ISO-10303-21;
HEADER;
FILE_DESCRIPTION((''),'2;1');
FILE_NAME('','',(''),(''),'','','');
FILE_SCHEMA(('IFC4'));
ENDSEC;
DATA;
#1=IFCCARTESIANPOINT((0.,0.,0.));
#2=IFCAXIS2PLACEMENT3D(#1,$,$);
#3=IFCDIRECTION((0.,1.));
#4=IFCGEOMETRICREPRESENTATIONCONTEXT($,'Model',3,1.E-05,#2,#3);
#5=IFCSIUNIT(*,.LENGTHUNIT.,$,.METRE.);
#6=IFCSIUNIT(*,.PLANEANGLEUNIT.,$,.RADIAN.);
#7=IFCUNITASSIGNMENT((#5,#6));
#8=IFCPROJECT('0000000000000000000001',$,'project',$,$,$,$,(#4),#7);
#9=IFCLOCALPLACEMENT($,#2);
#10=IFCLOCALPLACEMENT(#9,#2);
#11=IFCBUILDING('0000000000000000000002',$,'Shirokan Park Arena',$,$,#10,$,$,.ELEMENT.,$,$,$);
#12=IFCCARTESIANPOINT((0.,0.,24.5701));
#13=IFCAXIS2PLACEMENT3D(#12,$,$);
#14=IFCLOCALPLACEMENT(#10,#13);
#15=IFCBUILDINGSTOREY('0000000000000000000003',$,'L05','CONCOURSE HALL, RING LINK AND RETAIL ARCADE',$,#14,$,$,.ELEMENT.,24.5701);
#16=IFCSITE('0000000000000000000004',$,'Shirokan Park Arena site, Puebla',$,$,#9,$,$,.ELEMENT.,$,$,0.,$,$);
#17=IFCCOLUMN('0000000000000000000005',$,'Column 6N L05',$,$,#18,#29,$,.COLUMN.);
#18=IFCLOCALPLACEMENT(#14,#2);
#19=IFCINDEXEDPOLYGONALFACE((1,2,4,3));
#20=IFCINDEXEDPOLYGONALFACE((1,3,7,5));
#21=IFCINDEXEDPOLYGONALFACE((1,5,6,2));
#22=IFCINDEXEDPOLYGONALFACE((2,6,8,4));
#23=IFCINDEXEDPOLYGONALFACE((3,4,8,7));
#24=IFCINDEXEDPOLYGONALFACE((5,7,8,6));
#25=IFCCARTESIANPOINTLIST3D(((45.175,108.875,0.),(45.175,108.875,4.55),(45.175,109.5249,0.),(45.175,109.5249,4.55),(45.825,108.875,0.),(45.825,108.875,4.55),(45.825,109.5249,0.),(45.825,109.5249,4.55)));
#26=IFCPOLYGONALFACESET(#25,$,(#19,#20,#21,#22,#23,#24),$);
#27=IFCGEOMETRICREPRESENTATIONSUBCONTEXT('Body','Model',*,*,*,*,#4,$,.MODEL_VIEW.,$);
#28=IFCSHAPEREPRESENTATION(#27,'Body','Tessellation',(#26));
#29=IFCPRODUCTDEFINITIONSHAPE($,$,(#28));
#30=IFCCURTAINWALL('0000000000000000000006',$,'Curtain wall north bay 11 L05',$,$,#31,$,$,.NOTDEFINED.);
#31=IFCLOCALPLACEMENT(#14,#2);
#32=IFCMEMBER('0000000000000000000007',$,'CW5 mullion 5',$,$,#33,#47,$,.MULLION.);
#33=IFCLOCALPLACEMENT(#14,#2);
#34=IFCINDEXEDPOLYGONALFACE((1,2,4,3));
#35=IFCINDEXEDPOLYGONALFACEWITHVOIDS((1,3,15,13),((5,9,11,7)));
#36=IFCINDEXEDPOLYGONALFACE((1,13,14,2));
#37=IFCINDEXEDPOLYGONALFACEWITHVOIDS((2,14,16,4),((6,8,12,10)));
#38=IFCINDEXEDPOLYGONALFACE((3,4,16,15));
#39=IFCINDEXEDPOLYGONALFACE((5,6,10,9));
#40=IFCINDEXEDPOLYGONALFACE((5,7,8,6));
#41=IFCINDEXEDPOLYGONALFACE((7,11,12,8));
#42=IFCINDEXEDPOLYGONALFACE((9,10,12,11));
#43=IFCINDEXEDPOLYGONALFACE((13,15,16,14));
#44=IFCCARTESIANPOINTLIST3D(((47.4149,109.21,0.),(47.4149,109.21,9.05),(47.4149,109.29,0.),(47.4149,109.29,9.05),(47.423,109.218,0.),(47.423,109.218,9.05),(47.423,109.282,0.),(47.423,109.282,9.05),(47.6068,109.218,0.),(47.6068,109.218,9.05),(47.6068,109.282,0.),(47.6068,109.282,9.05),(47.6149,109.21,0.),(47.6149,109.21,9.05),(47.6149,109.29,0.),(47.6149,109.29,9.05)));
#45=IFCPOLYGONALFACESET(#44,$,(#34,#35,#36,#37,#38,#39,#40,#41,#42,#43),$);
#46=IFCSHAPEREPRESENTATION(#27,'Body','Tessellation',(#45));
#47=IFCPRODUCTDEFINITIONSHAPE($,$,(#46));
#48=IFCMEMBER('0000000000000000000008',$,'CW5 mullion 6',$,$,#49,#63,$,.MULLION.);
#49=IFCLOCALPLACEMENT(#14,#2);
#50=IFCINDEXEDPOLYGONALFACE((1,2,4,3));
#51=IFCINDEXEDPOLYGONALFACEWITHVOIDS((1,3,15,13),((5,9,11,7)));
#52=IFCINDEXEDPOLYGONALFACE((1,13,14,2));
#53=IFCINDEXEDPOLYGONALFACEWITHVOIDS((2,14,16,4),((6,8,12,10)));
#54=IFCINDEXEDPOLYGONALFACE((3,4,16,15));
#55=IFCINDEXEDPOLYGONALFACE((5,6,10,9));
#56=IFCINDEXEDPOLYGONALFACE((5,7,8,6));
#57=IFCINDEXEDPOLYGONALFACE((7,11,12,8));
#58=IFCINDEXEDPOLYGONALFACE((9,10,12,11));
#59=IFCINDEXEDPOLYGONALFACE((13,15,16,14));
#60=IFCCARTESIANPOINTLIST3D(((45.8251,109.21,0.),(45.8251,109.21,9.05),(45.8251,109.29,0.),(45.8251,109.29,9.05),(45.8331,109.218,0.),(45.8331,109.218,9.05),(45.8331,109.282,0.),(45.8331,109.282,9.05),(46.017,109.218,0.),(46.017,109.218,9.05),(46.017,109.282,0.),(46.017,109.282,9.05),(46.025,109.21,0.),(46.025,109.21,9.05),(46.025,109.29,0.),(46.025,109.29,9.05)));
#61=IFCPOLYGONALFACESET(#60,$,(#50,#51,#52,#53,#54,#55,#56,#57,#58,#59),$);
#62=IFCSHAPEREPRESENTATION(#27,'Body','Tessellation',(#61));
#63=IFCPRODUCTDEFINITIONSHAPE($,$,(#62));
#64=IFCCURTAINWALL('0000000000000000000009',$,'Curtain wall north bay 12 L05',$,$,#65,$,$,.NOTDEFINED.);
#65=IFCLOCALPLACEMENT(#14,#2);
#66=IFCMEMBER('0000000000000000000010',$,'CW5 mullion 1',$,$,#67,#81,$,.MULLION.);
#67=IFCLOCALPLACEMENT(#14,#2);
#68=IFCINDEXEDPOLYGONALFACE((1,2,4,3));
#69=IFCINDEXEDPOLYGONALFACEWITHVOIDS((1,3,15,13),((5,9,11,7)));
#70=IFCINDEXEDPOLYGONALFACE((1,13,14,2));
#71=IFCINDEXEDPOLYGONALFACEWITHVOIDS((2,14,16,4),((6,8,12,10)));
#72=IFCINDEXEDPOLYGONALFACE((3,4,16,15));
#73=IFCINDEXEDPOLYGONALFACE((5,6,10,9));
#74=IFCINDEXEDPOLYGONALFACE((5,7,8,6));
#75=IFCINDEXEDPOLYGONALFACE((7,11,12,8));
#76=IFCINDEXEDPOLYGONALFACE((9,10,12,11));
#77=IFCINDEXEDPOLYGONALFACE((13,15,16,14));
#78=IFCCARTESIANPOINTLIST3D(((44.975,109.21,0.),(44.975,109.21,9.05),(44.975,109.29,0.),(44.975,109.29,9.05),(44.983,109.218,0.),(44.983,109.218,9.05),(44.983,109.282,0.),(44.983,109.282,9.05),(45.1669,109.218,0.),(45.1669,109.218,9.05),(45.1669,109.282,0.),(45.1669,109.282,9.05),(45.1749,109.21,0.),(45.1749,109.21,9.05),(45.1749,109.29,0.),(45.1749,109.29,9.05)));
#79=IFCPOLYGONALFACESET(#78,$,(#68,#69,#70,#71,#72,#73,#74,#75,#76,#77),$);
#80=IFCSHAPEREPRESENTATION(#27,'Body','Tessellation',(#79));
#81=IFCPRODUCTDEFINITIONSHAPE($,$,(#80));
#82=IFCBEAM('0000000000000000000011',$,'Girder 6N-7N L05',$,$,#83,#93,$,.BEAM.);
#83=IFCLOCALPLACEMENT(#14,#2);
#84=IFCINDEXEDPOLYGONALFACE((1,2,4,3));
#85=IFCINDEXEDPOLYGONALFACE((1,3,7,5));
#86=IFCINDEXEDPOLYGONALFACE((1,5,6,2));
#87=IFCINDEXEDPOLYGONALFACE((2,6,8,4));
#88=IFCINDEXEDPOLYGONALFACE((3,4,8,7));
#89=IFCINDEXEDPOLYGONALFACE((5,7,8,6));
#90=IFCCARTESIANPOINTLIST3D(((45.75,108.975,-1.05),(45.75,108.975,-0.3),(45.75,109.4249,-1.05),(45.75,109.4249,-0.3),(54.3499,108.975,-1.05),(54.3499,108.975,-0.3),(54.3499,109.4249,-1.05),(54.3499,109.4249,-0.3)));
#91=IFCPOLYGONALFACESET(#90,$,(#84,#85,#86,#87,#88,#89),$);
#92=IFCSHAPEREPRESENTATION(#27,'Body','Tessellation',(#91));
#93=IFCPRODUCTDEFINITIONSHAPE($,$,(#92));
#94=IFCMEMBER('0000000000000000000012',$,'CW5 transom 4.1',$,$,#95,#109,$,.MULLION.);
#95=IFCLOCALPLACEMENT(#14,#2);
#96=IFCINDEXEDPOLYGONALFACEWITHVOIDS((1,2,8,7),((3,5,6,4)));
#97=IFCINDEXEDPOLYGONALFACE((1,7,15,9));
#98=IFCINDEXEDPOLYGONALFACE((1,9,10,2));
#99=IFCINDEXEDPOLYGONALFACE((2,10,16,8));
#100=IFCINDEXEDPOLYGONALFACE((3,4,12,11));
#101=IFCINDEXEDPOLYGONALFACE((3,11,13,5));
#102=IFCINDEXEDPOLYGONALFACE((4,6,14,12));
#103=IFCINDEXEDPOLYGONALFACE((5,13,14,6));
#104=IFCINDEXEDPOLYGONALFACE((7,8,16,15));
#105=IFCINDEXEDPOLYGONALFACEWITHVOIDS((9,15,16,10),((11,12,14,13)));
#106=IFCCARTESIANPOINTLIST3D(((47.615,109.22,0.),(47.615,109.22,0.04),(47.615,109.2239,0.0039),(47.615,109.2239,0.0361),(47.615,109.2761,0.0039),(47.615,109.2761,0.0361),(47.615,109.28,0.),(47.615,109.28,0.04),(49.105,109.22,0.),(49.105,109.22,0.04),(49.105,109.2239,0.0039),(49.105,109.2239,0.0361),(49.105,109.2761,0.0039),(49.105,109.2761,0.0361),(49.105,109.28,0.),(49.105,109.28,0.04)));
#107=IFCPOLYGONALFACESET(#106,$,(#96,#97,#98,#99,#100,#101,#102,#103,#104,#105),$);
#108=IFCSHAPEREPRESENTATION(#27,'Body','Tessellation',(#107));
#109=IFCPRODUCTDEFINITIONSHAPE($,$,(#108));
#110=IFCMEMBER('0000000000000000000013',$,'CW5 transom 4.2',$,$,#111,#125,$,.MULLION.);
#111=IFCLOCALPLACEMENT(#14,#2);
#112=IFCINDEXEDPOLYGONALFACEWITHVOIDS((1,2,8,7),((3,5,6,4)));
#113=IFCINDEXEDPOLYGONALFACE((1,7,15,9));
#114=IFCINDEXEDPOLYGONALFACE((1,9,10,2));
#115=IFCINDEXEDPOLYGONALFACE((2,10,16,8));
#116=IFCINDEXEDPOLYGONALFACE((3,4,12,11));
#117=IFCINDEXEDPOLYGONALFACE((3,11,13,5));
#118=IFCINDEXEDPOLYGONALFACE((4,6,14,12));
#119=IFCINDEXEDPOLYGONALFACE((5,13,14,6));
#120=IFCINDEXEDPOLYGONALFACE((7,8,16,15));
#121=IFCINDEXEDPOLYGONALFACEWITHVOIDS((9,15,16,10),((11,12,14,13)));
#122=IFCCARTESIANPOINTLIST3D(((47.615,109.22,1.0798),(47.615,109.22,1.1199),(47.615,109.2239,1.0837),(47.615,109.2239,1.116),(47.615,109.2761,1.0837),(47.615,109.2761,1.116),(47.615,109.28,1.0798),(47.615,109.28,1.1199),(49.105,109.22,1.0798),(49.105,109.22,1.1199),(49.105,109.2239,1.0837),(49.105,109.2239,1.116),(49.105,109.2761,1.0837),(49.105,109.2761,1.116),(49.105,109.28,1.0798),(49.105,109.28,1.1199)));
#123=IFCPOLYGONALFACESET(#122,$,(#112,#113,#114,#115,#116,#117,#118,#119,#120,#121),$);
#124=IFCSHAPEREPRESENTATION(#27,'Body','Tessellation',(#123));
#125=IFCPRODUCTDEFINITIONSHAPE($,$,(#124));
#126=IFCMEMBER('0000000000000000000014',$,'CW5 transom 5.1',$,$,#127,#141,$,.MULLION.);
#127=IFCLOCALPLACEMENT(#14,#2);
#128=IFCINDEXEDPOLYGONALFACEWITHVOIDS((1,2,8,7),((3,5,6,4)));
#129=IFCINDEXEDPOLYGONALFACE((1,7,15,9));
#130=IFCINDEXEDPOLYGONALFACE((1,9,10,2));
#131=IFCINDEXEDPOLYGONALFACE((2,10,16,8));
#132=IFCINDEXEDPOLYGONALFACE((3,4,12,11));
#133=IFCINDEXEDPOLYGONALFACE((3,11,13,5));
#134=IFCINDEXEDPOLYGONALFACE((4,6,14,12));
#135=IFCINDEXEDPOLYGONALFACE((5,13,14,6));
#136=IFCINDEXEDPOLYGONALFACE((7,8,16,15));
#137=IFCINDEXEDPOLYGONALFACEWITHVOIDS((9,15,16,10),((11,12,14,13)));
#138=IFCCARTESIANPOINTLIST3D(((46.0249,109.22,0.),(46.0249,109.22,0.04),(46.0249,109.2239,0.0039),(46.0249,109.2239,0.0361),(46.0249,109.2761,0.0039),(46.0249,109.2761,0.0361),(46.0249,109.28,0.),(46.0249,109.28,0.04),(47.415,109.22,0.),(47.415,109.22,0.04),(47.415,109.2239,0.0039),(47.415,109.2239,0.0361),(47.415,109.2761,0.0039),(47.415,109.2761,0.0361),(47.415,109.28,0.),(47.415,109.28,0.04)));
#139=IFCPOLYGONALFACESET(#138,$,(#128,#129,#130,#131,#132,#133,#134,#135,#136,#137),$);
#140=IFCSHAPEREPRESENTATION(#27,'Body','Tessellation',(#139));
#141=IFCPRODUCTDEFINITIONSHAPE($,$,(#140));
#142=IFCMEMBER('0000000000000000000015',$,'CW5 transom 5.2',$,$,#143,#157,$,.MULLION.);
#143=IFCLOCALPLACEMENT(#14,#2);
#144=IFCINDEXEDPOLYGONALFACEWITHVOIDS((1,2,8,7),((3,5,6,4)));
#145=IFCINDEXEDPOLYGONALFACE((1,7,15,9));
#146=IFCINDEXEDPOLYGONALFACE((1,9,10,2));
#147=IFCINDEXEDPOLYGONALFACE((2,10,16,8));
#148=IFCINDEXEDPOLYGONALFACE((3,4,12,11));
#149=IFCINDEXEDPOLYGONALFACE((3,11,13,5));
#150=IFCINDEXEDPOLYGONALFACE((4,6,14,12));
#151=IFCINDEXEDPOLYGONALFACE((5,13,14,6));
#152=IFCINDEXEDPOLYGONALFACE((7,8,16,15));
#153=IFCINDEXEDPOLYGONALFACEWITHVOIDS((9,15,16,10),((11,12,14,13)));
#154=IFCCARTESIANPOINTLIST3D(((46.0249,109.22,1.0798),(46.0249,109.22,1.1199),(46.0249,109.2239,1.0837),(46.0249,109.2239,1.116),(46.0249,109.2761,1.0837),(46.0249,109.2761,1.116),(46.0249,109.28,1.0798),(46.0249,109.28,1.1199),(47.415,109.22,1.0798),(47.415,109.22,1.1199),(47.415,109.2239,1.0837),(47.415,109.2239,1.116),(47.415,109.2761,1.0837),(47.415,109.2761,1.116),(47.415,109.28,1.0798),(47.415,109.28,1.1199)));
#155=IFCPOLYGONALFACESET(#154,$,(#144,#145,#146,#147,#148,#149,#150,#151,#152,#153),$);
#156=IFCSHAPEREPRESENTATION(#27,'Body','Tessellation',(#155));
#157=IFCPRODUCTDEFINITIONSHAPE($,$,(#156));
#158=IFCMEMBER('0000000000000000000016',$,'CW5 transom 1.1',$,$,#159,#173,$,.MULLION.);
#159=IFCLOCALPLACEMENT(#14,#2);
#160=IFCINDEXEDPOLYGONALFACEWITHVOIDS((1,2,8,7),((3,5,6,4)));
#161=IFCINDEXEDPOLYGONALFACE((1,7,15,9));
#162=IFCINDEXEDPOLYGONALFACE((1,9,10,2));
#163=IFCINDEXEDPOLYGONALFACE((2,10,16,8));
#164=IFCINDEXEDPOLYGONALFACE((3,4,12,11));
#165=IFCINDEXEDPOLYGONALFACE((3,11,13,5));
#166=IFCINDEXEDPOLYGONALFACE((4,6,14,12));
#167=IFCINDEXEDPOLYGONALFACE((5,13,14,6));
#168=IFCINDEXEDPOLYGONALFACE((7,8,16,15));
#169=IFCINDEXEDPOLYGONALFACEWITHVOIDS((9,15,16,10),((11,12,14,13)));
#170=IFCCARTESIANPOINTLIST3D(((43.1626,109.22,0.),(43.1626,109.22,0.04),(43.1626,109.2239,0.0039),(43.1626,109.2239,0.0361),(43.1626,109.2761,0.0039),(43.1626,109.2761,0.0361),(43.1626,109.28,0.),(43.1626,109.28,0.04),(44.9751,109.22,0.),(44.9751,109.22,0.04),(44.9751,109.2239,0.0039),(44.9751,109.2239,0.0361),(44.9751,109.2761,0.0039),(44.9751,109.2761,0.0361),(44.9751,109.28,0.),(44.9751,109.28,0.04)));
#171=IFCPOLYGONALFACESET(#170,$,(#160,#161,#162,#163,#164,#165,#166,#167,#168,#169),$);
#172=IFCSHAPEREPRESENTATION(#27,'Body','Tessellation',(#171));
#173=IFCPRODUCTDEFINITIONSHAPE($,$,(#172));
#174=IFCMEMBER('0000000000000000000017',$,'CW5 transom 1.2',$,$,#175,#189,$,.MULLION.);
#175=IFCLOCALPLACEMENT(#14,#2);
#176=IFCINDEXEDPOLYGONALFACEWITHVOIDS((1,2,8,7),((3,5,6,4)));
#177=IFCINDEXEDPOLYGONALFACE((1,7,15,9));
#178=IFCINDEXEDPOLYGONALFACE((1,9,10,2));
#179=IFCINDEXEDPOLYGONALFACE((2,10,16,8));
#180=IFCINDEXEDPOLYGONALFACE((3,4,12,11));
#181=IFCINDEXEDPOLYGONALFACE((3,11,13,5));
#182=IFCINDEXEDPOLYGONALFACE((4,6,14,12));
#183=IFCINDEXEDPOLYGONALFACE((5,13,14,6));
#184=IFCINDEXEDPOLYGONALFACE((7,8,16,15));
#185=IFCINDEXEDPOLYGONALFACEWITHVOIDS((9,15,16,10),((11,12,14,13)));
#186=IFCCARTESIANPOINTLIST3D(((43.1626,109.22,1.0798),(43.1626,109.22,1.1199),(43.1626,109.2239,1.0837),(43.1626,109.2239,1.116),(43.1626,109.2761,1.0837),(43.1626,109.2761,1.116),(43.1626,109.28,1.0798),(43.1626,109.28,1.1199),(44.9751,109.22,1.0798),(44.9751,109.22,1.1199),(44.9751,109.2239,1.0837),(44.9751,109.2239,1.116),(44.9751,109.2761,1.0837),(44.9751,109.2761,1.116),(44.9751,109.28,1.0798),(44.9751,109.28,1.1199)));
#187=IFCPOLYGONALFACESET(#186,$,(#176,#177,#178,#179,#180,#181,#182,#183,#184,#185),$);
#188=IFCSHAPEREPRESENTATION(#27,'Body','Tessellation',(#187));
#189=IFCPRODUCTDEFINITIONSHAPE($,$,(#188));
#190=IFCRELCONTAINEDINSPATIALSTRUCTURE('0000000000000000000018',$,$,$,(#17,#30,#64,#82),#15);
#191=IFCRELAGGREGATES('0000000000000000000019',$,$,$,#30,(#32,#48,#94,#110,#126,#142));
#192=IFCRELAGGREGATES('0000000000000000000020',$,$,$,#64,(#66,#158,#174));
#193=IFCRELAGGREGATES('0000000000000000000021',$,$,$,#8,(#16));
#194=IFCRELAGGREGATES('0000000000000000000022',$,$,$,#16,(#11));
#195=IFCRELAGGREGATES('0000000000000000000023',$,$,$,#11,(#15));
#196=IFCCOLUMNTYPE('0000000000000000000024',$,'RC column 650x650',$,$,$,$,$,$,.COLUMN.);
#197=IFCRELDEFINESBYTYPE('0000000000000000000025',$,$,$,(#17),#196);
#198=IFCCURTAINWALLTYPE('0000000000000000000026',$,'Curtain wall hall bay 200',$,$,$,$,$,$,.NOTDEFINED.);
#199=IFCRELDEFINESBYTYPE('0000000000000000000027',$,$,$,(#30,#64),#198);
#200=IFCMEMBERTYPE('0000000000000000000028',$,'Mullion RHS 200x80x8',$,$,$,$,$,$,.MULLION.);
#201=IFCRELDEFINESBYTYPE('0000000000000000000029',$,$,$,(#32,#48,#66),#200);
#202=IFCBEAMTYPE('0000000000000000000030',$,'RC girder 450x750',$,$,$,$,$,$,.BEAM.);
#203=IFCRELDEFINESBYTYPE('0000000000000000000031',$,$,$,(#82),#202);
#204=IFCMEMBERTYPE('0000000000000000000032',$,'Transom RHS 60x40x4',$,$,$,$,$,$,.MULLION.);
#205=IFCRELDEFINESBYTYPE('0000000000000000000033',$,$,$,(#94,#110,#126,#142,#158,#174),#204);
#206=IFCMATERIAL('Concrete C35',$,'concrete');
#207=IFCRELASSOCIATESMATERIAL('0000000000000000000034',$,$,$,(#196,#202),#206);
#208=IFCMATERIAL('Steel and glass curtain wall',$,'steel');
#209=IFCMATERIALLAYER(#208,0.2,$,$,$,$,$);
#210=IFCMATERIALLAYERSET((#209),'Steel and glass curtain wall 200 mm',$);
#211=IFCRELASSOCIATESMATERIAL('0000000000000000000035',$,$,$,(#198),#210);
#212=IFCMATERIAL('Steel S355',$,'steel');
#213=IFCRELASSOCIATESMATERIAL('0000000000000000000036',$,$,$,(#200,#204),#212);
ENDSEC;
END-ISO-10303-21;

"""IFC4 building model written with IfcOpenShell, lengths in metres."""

from ifc_helpers import new_model, si_unit, direction, frame, origin, origin_2d, place, context, subcontext, project, spatial, rectangle, hollow_rectangle, extrude, material, layer, layer_set, material_profile, profile_set, type_object, element, aggregate, save


model = new_model("IFC4")

# Units and contexts
model_context = context("Model", 3, precision=1e-05, world=origin(), true_north=direction((0.0, 1.0)))
body_context = subcontext(model_context, "Body", "Model", "MODEL_VIEW")
ifc_project = project(units=[si_unit("LENGTHUNIT", "METRE"), si_unit("PLANEANGLEUNIT", "RADIAN")], contexts=[model_context])

# Site, building, storey
site_placement = place(None, origin())
site = spatial("IfcSite", under=ifc_project, at=site_placement, Name="Shirokan Park Arena site, Puebla", CompositionType="ELEMENT", RefElevation=0.0)
building_placement = place(site_placement, origin())
building = spatial("IfcBuilding", under=site, at=building_placement, Name="Shirokan Park Arena", CompositionType="ELEMENT")
storey_placement = place(building_placement, frame((0.0, 0.0, 24.5701)))
storey = spatial("IfcBuildingStorey", under=building, at=storey_placement, Name="L05", Description="CONCOURSE HALL, RING LINK AND RETAIL ARCADE", CompositionType="ELEMENT", Elevation=24.5701)

# Column
ifc_material_1 = material(Name="Concrete C35", Category="concrete")
ifc_material_profile_1 = material_profile(ifc_material_1, rectangle(XDim=0.6499, YDim=0.6499, at=origin_2d()), Name="650x650")
ifc_profile_set_1 = profile_set([ifc_material_profile_1], Name="Concrete C35")
column_type = type_object("IfcColumnType", Name="RC column 650x650", PredefinedType="COLUMN", material=ifc_profile_set_1)
column_placement = place(storey_placement, frame((45.5, 109.2, 0.0), z_axis=(0.0, 0.0, 1.0), x_axis=(1.0, 0.0, 0.0)))
element("IfcColumn", 1, at=column_placement, inside=storey, type_object=column_type, Name="Column 6N L05", PredefinedType="COLUMN", context=body_context, shape_type="SweptSolid", body=[
    extrude(rectangle(XDim=0.6499, YDim=0.6499, at=origin_2d()), origin(), (0.0, 0.0, 1.0), 4.55),
])

# Curtain wall, members
ifc_material_2 = material(Name="Steel and glass curtain wall", Category="steel")
ifc_layer_1 = layer(ifc_material_2, 0.2)
ifc_layer_set_1 = layer_set([ifc_layer_1], Name="Steel and glass curtain wall 200 mm")
curtain_wall_type = type_object("IfcCurtainWallType", Name="Curtain wall hall bay 200", PredefinedType="NOTDEFINED", material=ifc_layer_set_1)
curtain_wall_1_placement = place(storey_placement, origin())
curtain_wall_1 = element("IfcCurtainWall", 2, at=curtain_wall_1_placement, inside=storey, type_object=curtain_wall_type, Name="Curtain wall north bay 11 L05", PredefinedType="NOTDEFINED")
ifc_material_3 = material(Name="Steel S355", Category="steel")
ifc_material_profile_2 = material_profile(ifc_material_3, hollow_rectangle(XDim=0.0801, YDim=0.2, WallThickness=0.0081, at=origin_2d()), Name="RHS 200x80x8")
ifc_profile_set_2 = profile_set([ifc_material_profile_2], Name="Steel S355")
member_type_1 = type_object("IfcMemberType", Name="Mullion RHS 200x80x8", PredefinedType="MULLION", material=ifc_profile_set_2)
member_1_placement = place(storey_placement, frame((47.5149, 109.25, 0.0), z_axis=(0.0, 0.0, 1.0), x_axis=(0.0, -1.0, 0.0)))
member_1 = element("IfcMember", 3, at=member_1_placement, type_object=member_type_1, Name="CW5 mullion 5", PredefinedType="MULLION", context=body_context, shape_type="SweptSolid", body=[
    extrude(hollow_rectangle(XDim=0.0801, YDim=0.2, WallThickness=0.0081, at=origin_2d()), origin(), (0.0, 0.0, 1.0), 9.05),
])
member_2_placement = place(storey_placement, frame((45.925, 109.25, 0.0), z_axis=(0.0, 0.0, 1.0), x_axis=(0.0, -1.0, 0.0)))
member_2 = element("IfcMember", 4, at=member_2_placement, type_object=member_type_1, Name="CW5 mullion 6", PredefinedType="MULLION", context=body_context, shape_type="SweptSolid", body=[
    extrude(hollow_rectangle(XDim=0.0801, YDim=0.2, WallThickness=0.0081, at=origin_2d()), origin(), (0.0, 0.0, 1.0), 9.05),
])

# Curtain wall, member
curtain_wall_2_placement = place(storey_placement, origin())
curtain_wall_2 = element("IfcCurtainWall", 5, at=curtain_wall_2_placement, inside=storey, type_object=curtain_wall_type, Name="Curtain wall north bay 12 L05", PredefinedType="NOTDEFINED")
member_3_placement = place(storey_placement, frame((45.075, 109.25, 0.0), z_axis=(0.0, 0.0, 1.0), x_axis=(0.0, -1.0, 0.0)))
member_3 = element("IfcMember", 6, at=member_3_placement, type_object=member_type_1, Name="CW5 mullion 1", PredefinedType="MULLION", context=body_context, shape_type="SweptSolid", body=[
    extrude(hollow_rectangle(XDim=0.0801, YDim=0.2, WallThickness=0.0081, at=origin_2d()), origin(), (0.0, 0.0, 1.0), 9.05),
])

# Beam
ifc_material_profile_3 = material_profile(ifc_material_1, rectangle(XDim=0.45, YDim=0.75, at=origin_2d()), Name="450x750")
ifc_profile_set_3 = profile_set([ifc_material_profile_3], Name="Concrete C35")
beam_type = type_object("IfcBeamType", Name="RC girder 450x750", PredefinedType="BEAM", material=ifc_profile_set_3)
beam_placement = place(storey_placement, frame((45.75, 109.2, -0.675), z_axis=(1.0, 0.0, 0.0), x_axis=(0.0, 1.0, 0.0)))
element("IfcBeam", 7, at=beam_placement, inside=storey, type_object=beam_type, Name="Girder 6N-7N L05", PredefinedType="BEAM", context=body_context, shape_type="SweptSolid", body=[
    extrude(rectangle(XDim=0.45, YDim=0.75, at=origin_2d()), origin(), (0.0, 0.0, 1.0), 8.5999),
])

# Members
ifc_material_profile_4 = material_profile(ifc_material_3, hollow_rectangle(XDim=0.0601, YDim=0.04, WallThickness=0.0039, at=origin_2d()), Name="RHS 60x40x4")
ifc_profile_set_4 = profile_set([ifc_material_profile_4], Name="Steel S355")
member_type_2 = type_object("IfcMemberType", Name="Transom RHS 60x40x4", PredefinedType="MULLION", material=ifc_profile_set_4)
member_4_placement = place(storey_placement, frame((49.105, 109.25, 0.02), z_axis=(-1.0, 0.0, 0.0), x_axis=(0.0, -1.0, 0.0)))
member_4 = element("IfcMember", 8, at=member_4_placement, type_object=member_type_2, Name="CW5 transom 4.1", PredefinedType="MULLION", context=body_context, shape_type="SweptSolid", body=[
    extrude(hollow_rectangle(XDim=0.0601, YDim=0.04, WallThickness=0.0039, at=origin_2d()), origin(), (0.0, 0.0, 1.0), 1.49),
])
member_5_placement = place(storey_placement, frame((49.105, 109.25, 1.0999), z_axis=(-1.0, 0.0, 0.0), x_axis=(0.0, -1.0, 0.0)))
member_5 = element("IfcMember", 9, at=member_5_placement, type_object=member_type_2, Name="CW5 transom 4.2", PredefinedType="MULLION", context=body_context, shape_type="SweptSolid", body=[
    extrude(hollow_rectangle(XDim=0.0601, YDim=0.04, WallThickness=0.0039, at=origin_2d()), origin(), (0.0, 0.0, 1.0), 1.49),
])
member_6_placement = place(storey_placement, frame((47.415, 109.25, 0.02), z_axis=(-1.0, 0.0, 0.0), x_axis=(0.0, -1.0, 0.0)))
member_6 = element("IfcMember", 10, at=member_6_placement, type_object=member_type_2, Name="CW5 transom 5.1", PredefinedType="MULLION", context=body_context, shape_type="SweptSolid", body=[
    extrude(hollow_rectangle(XDim=0.0601, YDim=0.04, WallThickness=0.0039, at=origin_2d()), origin(), (0.0, 0.0, 1.0), 1.3901),
])
member_7_placement = place(storey_placement, frame((47.415, 109.25, 1.0999), z_axis=(-1.0, 0.0, 0.0), x_axis=(0.0, -1.0, 0.0)))
member_7 = element("IfcMember", 11, at=member_7_placement, type_object=member_type_2, Name="CW5 transom 5.2", PredefinedType="MULLION", context=body_context, shape_type="SweptSolid", body=[
    extrude(hollow_rectangle(XDim=0.0601, YDim=0.04, WallThickness=0.0039, at=origin_2d()), origin(), (0.0, 0.0, 1.0), 1.3901),
])
member_8_placement = place(storey_placement, frame((44.9751, 109.25, 0.02), z_axis=(-1.0, 0.0, 0.0), x_axis=(0.0, -1.0, 0.0)))
member_8 = element("IfcMember", 12, at=member_8_placement, type_object=member_type_2, Name="CW5 transom 1.1", PredefinedType="MULLION", context=body_context, shape_type="SweptSolid", body=[
    extrude(hollow_rectangle(XDim=0.0601, YDim=0.04, WallThickness=0.0039, at=origin_2d()), origin(), (0.0, 0.0, 1.0), 1.8125),
])
member_9_placement = place(storey_placement, frame((44.9751, 109.25, 1.0999), z_axis=(-1.0, 0.0, 0.0), x_axis=(0.0, -1.0, 0.0)))
member_9 = element("IfcMember", 13, at=member_9_placement, type_object=member_type_2, Name="CW5 transom 1.2", PredefinedType="MULLION", context=body_context, shape_type="SweptSolid", body=[
    extrude(hollow_rectangle(XDim=0.0601, YDim=0.04, WallThickness=0.0039, at=origin_2d()), origin(), (0.0, 0.0, 1.0), 1.8125),
])

aggregate(curtain_wall_1, [member_1, member_2, member_4, member_5, member_6, member_7])
aggregate(curtain_wall_2, [member_3, member_8, member_9])

save(model, "model.ifc")
